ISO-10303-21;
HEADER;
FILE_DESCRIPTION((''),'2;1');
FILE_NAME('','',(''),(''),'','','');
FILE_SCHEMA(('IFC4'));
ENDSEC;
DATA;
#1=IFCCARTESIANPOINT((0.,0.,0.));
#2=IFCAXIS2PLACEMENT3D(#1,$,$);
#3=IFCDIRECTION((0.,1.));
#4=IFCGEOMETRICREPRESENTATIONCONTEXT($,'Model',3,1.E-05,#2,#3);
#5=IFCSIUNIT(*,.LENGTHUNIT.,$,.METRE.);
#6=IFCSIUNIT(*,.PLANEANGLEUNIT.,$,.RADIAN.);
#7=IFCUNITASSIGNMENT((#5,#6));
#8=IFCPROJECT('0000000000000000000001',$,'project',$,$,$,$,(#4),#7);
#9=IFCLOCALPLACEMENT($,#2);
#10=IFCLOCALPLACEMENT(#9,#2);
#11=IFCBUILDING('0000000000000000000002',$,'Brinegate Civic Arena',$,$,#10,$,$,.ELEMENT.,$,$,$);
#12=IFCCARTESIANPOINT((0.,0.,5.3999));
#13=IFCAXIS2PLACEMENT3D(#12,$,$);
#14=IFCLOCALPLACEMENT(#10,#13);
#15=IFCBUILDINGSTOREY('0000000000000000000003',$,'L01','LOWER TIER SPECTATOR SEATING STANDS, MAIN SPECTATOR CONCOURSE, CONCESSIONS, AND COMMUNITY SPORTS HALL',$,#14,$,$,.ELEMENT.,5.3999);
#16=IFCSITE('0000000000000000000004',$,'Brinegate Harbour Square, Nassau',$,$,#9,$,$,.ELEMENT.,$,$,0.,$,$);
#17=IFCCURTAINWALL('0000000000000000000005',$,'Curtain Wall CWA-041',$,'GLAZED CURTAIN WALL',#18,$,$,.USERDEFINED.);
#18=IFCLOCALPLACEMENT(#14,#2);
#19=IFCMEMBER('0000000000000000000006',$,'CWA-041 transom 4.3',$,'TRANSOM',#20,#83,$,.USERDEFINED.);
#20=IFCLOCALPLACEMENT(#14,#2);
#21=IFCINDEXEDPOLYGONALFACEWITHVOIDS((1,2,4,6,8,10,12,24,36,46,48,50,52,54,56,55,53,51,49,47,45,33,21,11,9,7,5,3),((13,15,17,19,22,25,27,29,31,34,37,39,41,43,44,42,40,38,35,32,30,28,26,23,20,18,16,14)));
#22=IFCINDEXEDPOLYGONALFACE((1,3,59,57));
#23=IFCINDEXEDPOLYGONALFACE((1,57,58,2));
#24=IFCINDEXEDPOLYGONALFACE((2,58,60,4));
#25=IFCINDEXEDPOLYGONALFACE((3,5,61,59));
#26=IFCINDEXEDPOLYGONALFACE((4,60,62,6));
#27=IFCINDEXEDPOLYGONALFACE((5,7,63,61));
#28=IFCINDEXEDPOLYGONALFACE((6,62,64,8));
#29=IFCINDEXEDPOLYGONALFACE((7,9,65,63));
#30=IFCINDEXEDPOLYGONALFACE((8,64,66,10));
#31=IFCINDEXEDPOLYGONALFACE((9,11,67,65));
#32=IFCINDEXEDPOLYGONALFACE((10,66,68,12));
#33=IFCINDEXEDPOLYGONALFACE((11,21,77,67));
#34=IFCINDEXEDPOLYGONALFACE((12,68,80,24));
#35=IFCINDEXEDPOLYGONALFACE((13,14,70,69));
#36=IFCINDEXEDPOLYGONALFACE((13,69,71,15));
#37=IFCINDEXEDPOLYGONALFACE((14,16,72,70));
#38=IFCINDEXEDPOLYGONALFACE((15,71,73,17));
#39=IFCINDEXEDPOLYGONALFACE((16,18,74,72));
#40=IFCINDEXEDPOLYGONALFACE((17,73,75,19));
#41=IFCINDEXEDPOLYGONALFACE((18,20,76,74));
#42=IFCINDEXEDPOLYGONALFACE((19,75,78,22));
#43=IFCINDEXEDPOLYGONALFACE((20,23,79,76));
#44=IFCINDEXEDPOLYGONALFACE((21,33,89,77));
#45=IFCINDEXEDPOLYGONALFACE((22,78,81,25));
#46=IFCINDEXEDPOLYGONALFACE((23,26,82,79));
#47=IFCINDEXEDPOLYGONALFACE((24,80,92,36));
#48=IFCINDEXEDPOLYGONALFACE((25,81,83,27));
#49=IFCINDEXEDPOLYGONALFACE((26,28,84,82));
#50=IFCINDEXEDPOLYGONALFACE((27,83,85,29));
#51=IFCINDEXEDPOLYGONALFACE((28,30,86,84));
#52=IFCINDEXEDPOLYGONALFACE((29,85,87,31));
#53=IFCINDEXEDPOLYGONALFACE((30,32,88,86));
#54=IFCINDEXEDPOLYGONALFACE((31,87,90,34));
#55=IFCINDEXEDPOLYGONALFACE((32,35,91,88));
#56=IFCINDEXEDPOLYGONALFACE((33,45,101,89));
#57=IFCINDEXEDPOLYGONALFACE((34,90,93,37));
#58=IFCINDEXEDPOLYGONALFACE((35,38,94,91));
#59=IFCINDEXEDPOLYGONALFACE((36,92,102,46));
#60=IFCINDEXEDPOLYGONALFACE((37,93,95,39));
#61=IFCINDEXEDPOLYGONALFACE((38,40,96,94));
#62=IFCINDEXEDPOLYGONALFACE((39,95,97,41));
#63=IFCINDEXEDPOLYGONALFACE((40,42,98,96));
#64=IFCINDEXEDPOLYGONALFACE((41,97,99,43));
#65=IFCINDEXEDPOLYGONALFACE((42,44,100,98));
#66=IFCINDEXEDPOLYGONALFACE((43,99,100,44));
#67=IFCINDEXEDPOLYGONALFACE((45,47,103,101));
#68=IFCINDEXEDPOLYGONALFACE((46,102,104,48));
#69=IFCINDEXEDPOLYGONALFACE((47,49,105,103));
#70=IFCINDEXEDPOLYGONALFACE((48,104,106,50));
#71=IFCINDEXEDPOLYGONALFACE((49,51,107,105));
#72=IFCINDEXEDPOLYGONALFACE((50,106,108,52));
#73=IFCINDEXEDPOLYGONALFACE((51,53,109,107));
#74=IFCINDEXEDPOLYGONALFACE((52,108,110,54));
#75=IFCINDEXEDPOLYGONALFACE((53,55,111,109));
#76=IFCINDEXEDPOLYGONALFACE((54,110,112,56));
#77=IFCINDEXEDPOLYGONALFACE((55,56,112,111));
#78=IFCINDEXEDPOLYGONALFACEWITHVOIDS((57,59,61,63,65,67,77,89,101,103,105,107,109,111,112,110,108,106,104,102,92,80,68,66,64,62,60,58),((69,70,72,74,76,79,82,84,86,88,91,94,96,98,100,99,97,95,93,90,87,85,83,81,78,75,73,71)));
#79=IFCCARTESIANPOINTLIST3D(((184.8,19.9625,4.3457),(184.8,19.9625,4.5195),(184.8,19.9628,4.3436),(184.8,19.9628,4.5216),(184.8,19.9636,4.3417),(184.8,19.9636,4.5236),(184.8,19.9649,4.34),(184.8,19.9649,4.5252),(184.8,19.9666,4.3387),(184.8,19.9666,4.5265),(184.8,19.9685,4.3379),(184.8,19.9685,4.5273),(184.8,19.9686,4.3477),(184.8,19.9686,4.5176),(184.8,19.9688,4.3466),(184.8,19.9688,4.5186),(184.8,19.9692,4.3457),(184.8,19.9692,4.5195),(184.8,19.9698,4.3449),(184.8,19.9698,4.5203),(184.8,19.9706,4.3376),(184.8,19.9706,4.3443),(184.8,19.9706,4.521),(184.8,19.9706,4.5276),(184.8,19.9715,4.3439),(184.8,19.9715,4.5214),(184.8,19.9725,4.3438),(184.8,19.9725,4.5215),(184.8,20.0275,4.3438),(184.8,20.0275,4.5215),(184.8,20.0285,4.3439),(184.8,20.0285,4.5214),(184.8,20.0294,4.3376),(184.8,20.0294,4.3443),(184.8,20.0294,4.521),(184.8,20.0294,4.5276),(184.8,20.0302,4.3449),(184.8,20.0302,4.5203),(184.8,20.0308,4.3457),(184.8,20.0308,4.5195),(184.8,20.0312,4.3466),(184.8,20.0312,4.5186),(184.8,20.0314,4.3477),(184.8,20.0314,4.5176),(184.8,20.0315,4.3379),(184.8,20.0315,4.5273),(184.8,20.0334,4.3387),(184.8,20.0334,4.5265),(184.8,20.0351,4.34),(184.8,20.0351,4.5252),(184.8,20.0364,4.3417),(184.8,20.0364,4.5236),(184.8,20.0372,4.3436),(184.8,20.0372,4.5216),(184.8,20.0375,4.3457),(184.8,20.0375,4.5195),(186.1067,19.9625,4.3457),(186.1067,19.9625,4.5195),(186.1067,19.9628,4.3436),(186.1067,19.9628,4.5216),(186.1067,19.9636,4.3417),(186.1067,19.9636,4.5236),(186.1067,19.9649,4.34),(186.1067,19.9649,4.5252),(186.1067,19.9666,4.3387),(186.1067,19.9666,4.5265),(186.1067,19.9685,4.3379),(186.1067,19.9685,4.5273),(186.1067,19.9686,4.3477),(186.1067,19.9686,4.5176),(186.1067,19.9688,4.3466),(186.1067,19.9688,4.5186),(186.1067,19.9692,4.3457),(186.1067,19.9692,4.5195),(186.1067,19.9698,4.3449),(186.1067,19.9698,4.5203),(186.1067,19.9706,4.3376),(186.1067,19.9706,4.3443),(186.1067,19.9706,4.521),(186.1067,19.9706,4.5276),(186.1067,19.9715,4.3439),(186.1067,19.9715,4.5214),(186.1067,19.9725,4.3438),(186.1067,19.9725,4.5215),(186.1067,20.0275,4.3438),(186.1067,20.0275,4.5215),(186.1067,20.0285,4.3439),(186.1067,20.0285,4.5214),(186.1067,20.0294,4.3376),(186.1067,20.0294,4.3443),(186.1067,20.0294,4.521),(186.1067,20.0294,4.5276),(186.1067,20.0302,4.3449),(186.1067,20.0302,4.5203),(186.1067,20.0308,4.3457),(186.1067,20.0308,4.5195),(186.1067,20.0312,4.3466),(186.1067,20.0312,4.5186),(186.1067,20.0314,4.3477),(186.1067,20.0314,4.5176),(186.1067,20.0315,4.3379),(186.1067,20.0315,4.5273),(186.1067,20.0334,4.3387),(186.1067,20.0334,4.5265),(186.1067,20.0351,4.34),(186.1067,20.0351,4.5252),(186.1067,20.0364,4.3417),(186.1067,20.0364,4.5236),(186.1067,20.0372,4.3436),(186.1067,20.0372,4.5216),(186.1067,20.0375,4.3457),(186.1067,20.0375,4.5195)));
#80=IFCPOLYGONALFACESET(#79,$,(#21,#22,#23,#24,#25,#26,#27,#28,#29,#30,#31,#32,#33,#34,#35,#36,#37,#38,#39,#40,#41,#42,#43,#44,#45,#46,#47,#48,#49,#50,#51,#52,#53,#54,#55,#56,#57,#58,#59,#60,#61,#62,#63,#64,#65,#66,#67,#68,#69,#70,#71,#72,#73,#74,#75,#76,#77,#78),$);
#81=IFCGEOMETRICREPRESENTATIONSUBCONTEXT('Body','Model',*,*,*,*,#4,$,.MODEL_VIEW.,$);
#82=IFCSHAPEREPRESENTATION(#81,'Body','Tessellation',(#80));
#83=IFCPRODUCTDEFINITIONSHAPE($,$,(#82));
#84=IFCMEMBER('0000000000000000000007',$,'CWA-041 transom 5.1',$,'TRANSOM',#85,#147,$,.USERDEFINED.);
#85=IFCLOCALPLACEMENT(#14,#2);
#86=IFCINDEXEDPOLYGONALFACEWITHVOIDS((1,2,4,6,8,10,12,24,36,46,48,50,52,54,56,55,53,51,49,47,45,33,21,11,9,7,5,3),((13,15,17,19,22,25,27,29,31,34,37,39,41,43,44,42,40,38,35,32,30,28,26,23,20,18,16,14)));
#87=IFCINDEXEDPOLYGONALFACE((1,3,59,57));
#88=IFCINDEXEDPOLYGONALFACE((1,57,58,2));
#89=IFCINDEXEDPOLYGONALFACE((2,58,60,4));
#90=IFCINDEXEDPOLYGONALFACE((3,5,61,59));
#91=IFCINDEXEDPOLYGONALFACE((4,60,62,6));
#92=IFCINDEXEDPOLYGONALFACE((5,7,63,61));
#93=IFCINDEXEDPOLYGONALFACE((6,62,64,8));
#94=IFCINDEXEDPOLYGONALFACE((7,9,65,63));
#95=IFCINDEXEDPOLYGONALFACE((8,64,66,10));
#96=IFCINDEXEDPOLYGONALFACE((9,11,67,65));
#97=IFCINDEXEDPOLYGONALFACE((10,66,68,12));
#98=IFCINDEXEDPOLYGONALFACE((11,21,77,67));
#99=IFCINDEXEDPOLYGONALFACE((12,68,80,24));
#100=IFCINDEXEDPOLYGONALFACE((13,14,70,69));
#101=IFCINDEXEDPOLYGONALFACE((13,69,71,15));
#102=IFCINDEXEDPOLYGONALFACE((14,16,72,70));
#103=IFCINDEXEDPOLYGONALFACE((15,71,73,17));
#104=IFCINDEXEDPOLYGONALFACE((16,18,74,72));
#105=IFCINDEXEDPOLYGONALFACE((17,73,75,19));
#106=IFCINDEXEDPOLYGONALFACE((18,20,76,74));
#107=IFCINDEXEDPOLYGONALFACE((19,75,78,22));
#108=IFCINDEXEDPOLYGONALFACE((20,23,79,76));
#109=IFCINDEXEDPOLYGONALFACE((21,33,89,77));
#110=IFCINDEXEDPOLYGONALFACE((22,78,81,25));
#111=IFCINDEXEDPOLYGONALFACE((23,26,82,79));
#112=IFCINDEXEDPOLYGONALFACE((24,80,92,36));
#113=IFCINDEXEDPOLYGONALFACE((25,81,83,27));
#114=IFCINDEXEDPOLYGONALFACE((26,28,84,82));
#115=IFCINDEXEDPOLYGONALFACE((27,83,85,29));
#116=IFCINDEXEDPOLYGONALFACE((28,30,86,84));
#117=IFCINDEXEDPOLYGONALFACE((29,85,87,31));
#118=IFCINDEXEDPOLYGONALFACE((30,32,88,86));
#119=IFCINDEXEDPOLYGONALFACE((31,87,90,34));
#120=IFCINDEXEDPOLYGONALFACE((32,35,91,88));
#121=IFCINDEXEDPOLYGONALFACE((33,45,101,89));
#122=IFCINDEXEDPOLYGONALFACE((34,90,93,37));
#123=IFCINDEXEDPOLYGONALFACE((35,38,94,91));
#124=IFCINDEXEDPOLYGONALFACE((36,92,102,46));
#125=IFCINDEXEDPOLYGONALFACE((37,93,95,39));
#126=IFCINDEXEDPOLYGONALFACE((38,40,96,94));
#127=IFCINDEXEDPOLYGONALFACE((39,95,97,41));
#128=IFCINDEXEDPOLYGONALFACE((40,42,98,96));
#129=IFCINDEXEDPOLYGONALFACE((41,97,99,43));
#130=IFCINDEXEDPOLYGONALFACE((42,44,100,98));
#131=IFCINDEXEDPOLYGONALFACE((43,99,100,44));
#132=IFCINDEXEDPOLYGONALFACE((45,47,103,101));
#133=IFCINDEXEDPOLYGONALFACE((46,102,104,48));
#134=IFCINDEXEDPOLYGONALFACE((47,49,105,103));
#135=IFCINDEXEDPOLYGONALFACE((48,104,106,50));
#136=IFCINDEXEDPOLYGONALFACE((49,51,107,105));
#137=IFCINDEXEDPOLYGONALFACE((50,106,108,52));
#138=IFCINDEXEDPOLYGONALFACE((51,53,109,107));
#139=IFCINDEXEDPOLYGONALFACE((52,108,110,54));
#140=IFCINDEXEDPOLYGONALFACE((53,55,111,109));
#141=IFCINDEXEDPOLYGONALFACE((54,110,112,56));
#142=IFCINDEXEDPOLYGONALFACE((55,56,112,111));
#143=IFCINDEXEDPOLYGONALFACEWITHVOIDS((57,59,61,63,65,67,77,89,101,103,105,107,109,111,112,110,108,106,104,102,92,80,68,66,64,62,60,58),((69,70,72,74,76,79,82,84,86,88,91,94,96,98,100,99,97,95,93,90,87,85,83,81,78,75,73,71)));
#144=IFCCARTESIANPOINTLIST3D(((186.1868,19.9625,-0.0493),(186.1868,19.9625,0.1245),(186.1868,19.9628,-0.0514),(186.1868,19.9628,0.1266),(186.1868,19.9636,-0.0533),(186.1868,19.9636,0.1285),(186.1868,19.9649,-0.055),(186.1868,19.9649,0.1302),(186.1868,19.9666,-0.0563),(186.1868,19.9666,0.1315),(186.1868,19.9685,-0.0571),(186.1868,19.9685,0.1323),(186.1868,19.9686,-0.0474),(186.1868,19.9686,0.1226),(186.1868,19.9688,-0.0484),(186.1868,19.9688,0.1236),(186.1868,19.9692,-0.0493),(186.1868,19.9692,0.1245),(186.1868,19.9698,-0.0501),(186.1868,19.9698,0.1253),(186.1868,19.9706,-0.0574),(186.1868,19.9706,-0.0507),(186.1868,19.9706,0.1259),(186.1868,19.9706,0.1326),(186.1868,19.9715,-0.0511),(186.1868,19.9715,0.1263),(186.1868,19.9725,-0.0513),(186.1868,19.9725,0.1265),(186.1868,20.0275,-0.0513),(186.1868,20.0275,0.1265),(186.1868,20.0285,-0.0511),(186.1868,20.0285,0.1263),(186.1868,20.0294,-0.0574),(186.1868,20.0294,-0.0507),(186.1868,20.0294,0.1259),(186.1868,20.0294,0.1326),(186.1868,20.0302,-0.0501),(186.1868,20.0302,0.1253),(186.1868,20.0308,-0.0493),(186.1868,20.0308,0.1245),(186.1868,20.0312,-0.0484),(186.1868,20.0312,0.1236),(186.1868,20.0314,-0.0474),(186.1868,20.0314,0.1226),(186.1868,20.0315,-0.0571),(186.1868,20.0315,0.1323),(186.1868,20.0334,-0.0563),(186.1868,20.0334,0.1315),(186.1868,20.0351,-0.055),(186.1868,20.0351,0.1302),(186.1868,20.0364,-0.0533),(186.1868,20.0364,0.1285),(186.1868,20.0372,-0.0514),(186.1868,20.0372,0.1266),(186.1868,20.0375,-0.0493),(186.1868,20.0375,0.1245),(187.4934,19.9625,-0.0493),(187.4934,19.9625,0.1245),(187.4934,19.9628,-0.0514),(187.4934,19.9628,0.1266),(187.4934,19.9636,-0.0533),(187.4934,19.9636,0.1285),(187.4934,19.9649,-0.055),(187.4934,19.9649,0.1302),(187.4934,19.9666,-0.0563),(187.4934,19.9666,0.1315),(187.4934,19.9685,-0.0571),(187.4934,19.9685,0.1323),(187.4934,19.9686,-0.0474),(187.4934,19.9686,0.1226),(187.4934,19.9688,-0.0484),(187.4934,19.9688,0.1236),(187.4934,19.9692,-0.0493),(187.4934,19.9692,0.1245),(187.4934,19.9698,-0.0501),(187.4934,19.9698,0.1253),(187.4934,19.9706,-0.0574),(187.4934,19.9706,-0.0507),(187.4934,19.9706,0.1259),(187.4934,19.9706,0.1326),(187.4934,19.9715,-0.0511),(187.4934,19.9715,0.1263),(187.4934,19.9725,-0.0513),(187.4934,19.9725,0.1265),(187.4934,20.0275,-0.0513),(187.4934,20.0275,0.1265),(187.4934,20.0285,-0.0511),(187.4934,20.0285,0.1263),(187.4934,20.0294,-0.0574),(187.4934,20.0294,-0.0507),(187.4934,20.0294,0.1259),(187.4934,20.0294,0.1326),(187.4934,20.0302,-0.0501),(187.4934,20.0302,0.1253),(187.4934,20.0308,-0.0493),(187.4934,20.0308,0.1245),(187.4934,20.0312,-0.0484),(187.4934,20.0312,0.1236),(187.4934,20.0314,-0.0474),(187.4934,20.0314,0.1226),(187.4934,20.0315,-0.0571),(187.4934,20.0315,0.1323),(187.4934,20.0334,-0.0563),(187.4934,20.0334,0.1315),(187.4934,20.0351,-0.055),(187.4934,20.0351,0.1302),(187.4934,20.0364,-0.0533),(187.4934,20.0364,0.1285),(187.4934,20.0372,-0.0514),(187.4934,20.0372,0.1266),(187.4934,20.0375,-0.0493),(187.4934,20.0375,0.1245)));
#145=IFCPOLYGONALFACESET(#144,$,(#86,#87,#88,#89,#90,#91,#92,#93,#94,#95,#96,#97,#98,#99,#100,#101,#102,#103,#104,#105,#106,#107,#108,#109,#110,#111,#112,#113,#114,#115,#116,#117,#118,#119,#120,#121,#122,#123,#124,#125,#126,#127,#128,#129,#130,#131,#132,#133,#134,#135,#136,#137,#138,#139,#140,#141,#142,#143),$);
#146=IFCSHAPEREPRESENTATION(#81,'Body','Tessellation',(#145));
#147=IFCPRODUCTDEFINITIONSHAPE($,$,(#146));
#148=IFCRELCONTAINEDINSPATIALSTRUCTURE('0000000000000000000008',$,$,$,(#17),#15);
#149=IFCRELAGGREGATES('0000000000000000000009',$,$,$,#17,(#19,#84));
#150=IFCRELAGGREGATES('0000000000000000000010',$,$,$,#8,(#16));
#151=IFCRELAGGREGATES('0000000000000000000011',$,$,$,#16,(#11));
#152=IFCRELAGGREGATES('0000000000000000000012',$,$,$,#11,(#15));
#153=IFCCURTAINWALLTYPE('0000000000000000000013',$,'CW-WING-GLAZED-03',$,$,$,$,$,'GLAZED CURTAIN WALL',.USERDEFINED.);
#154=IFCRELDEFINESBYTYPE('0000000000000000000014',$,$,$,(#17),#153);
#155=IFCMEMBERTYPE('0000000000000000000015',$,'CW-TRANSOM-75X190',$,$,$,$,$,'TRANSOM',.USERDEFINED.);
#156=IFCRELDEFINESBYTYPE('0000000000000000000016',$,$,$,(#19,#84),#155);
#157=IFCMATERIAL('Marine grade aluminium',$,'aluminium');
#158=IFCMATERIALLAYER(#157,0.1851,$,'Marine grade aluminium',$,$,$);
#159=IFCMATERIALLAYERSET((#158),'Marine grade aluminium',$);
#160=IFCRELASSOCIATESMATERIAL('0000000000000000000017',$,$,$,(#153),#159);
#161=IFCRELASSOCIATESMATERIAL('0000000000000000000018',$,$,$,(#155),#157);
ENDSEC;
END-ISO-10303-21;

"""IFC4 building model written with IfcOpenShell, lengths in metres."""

from ifc_helpers import new_model, si_unit, direction, frame, origin, origin_2d, place, context, subcontext, project, spatial, hollow_rectangle, extrude, material, layer, layer_set, material_profile, profile_set, type_object, element, aggregate, save


model = new_model("IFC4")

# Units and contexts
model_context = context("Model", 3, precision=1e-05, world=origin(), true_north=direction((0.0, 1.0)))
body_context = subcontext(model_context, "Body", "Model", "MODEL_VIEW")
ifc_project = project(units=[si_unit("LENGTHUNIT", "METRE"), si_unit("PLANEANGLEUNIT", "RADIAN")], contexts=[model_context])

# Site, building, storey
site_placement = place(None, origin())
site = spatial("IfcSite", under=ifc_project, at=site_placement, Name="Brinegate Harbour Square, Nassau", CompositionType="ELEMENT", RefElevation=0.0)
building_placement = place(site_placement, origin())
building = spatial("IfcBuilding", under=site, at=building_placement, Name="Brinegate Civic Arena", CompositionType="ELEMENT")
storey_placement = place(building_placement, frame((0.0, 0.0, 5.3999)))
storey = spatial("IfcBuildingStorey", under=building, at=storey_placement, Name="L01", Description="LOWER TIER SPECTATOR SEATING STANDS, MAIN SPECTATOR CONCOURSE, CONCESSIONS, AND COMMUNITY SPORTS HALL", CompositionType="ELEMENT", Elevation=5.3999)

# Curtain wall, members
ifc_material_1 = material(Name="Marine grade aluminium", Category="aluminium")
ifc_layer_1 = layer(ifc_material_1, 0.1851, Name="Marine grade aluminium")
ifc_layer_set_1 = layer_set([ifc_layer_1], Name="Marine grade aluminium")
curtain_wall_type = type_object("IfcCurtainWallType", Name="CW-WING-GLAZED-03", ElementType="GLAZED CURTAIN WALL", PredefinedType="USERDEFINED", material=ifc_layer_set_1)
curtain_wall_placement = place(storey_placement, origin())
curtain_wall = element("IfcCurtainWall", 1, at=curtain_wall_placement, inside=storey, type_object=curtain_wall_type, Name="Curtain Wall CWA-041", ObjectType="GLAZED CURTAIN WALL", PredefinedType="USERDEFINED")
ifc_material_profile_1 = material_profile(ifc_material_1, hollow_rectangle(XDim=0.075, YDim=0.1899, WallThickness=0.0061, InnerFilletRadius=0.0039, OuterFilletRadius=0.0081, at=origin_2d()), Name="TRN75X190")
ifc_profile_set_1 = profile_set([ifc_material_profile_1], Name="Marine grade aluminium")
member_type_1 = type_object("IfcMemberType", Name="CW-TRANSOM-75X190", ElementType="TRANSOM", PredefinedType="USERDEFINED", material=ifc_profile_set_1)
member_1_placement = place(storey_placement, frame((184.8, 20.0, 4.4326), z_axis=(1.0, 0.0, 0.0), x_axis=(0.0, 1.0, 0.0)))
member_1 = element("IfcMember", 2, at=member_1_placement, type_object=member_type_1, Name="CWA-041 transom 4.3", ObjectType="TRANSOM", PredefinedType="USERDEFINED", context=body_context, shape_type="SweptSolid", body=[
    extrude(hollow_rectangle(XDim=0.075, YDim=0.1899, WallThickness=0.0061, InnerFilletRadius=0.0039, OuterFilletRadius=0.0081, at=origin_2d()), origin(), (0.0, 0.0, 1.0), 1.3066),
])
member_2_placement = place(storey_placement, frame((186.1868, 20.0, 0.0376), z_axis=(1.0, 0.0, 0.0), x_axis=(0.0, 1.0, 0.0)))
member_2 = element("IfcMember", 3, at=member_2_placement, type_object=member_type_1, Name="CWA-041 transom 5.1", ObjectType="TRANSOM", PredefinedType="USERDEFINED", context=body_context, shape_type="SweptSolid", body=[
    extrude(hollow_rectangle(XDim=0.075, YDim=0.1899, WallThickness=0.0061, InnerFilletRadius=0.0039, OuterFilletRadius=0.0081, at=origin_2d()), origin(), (0.0, 0.0, 1.0), 1.3066),
])

aggregate(curtain_wall, [member_1, member_2])

save(model, "model.ifc")
